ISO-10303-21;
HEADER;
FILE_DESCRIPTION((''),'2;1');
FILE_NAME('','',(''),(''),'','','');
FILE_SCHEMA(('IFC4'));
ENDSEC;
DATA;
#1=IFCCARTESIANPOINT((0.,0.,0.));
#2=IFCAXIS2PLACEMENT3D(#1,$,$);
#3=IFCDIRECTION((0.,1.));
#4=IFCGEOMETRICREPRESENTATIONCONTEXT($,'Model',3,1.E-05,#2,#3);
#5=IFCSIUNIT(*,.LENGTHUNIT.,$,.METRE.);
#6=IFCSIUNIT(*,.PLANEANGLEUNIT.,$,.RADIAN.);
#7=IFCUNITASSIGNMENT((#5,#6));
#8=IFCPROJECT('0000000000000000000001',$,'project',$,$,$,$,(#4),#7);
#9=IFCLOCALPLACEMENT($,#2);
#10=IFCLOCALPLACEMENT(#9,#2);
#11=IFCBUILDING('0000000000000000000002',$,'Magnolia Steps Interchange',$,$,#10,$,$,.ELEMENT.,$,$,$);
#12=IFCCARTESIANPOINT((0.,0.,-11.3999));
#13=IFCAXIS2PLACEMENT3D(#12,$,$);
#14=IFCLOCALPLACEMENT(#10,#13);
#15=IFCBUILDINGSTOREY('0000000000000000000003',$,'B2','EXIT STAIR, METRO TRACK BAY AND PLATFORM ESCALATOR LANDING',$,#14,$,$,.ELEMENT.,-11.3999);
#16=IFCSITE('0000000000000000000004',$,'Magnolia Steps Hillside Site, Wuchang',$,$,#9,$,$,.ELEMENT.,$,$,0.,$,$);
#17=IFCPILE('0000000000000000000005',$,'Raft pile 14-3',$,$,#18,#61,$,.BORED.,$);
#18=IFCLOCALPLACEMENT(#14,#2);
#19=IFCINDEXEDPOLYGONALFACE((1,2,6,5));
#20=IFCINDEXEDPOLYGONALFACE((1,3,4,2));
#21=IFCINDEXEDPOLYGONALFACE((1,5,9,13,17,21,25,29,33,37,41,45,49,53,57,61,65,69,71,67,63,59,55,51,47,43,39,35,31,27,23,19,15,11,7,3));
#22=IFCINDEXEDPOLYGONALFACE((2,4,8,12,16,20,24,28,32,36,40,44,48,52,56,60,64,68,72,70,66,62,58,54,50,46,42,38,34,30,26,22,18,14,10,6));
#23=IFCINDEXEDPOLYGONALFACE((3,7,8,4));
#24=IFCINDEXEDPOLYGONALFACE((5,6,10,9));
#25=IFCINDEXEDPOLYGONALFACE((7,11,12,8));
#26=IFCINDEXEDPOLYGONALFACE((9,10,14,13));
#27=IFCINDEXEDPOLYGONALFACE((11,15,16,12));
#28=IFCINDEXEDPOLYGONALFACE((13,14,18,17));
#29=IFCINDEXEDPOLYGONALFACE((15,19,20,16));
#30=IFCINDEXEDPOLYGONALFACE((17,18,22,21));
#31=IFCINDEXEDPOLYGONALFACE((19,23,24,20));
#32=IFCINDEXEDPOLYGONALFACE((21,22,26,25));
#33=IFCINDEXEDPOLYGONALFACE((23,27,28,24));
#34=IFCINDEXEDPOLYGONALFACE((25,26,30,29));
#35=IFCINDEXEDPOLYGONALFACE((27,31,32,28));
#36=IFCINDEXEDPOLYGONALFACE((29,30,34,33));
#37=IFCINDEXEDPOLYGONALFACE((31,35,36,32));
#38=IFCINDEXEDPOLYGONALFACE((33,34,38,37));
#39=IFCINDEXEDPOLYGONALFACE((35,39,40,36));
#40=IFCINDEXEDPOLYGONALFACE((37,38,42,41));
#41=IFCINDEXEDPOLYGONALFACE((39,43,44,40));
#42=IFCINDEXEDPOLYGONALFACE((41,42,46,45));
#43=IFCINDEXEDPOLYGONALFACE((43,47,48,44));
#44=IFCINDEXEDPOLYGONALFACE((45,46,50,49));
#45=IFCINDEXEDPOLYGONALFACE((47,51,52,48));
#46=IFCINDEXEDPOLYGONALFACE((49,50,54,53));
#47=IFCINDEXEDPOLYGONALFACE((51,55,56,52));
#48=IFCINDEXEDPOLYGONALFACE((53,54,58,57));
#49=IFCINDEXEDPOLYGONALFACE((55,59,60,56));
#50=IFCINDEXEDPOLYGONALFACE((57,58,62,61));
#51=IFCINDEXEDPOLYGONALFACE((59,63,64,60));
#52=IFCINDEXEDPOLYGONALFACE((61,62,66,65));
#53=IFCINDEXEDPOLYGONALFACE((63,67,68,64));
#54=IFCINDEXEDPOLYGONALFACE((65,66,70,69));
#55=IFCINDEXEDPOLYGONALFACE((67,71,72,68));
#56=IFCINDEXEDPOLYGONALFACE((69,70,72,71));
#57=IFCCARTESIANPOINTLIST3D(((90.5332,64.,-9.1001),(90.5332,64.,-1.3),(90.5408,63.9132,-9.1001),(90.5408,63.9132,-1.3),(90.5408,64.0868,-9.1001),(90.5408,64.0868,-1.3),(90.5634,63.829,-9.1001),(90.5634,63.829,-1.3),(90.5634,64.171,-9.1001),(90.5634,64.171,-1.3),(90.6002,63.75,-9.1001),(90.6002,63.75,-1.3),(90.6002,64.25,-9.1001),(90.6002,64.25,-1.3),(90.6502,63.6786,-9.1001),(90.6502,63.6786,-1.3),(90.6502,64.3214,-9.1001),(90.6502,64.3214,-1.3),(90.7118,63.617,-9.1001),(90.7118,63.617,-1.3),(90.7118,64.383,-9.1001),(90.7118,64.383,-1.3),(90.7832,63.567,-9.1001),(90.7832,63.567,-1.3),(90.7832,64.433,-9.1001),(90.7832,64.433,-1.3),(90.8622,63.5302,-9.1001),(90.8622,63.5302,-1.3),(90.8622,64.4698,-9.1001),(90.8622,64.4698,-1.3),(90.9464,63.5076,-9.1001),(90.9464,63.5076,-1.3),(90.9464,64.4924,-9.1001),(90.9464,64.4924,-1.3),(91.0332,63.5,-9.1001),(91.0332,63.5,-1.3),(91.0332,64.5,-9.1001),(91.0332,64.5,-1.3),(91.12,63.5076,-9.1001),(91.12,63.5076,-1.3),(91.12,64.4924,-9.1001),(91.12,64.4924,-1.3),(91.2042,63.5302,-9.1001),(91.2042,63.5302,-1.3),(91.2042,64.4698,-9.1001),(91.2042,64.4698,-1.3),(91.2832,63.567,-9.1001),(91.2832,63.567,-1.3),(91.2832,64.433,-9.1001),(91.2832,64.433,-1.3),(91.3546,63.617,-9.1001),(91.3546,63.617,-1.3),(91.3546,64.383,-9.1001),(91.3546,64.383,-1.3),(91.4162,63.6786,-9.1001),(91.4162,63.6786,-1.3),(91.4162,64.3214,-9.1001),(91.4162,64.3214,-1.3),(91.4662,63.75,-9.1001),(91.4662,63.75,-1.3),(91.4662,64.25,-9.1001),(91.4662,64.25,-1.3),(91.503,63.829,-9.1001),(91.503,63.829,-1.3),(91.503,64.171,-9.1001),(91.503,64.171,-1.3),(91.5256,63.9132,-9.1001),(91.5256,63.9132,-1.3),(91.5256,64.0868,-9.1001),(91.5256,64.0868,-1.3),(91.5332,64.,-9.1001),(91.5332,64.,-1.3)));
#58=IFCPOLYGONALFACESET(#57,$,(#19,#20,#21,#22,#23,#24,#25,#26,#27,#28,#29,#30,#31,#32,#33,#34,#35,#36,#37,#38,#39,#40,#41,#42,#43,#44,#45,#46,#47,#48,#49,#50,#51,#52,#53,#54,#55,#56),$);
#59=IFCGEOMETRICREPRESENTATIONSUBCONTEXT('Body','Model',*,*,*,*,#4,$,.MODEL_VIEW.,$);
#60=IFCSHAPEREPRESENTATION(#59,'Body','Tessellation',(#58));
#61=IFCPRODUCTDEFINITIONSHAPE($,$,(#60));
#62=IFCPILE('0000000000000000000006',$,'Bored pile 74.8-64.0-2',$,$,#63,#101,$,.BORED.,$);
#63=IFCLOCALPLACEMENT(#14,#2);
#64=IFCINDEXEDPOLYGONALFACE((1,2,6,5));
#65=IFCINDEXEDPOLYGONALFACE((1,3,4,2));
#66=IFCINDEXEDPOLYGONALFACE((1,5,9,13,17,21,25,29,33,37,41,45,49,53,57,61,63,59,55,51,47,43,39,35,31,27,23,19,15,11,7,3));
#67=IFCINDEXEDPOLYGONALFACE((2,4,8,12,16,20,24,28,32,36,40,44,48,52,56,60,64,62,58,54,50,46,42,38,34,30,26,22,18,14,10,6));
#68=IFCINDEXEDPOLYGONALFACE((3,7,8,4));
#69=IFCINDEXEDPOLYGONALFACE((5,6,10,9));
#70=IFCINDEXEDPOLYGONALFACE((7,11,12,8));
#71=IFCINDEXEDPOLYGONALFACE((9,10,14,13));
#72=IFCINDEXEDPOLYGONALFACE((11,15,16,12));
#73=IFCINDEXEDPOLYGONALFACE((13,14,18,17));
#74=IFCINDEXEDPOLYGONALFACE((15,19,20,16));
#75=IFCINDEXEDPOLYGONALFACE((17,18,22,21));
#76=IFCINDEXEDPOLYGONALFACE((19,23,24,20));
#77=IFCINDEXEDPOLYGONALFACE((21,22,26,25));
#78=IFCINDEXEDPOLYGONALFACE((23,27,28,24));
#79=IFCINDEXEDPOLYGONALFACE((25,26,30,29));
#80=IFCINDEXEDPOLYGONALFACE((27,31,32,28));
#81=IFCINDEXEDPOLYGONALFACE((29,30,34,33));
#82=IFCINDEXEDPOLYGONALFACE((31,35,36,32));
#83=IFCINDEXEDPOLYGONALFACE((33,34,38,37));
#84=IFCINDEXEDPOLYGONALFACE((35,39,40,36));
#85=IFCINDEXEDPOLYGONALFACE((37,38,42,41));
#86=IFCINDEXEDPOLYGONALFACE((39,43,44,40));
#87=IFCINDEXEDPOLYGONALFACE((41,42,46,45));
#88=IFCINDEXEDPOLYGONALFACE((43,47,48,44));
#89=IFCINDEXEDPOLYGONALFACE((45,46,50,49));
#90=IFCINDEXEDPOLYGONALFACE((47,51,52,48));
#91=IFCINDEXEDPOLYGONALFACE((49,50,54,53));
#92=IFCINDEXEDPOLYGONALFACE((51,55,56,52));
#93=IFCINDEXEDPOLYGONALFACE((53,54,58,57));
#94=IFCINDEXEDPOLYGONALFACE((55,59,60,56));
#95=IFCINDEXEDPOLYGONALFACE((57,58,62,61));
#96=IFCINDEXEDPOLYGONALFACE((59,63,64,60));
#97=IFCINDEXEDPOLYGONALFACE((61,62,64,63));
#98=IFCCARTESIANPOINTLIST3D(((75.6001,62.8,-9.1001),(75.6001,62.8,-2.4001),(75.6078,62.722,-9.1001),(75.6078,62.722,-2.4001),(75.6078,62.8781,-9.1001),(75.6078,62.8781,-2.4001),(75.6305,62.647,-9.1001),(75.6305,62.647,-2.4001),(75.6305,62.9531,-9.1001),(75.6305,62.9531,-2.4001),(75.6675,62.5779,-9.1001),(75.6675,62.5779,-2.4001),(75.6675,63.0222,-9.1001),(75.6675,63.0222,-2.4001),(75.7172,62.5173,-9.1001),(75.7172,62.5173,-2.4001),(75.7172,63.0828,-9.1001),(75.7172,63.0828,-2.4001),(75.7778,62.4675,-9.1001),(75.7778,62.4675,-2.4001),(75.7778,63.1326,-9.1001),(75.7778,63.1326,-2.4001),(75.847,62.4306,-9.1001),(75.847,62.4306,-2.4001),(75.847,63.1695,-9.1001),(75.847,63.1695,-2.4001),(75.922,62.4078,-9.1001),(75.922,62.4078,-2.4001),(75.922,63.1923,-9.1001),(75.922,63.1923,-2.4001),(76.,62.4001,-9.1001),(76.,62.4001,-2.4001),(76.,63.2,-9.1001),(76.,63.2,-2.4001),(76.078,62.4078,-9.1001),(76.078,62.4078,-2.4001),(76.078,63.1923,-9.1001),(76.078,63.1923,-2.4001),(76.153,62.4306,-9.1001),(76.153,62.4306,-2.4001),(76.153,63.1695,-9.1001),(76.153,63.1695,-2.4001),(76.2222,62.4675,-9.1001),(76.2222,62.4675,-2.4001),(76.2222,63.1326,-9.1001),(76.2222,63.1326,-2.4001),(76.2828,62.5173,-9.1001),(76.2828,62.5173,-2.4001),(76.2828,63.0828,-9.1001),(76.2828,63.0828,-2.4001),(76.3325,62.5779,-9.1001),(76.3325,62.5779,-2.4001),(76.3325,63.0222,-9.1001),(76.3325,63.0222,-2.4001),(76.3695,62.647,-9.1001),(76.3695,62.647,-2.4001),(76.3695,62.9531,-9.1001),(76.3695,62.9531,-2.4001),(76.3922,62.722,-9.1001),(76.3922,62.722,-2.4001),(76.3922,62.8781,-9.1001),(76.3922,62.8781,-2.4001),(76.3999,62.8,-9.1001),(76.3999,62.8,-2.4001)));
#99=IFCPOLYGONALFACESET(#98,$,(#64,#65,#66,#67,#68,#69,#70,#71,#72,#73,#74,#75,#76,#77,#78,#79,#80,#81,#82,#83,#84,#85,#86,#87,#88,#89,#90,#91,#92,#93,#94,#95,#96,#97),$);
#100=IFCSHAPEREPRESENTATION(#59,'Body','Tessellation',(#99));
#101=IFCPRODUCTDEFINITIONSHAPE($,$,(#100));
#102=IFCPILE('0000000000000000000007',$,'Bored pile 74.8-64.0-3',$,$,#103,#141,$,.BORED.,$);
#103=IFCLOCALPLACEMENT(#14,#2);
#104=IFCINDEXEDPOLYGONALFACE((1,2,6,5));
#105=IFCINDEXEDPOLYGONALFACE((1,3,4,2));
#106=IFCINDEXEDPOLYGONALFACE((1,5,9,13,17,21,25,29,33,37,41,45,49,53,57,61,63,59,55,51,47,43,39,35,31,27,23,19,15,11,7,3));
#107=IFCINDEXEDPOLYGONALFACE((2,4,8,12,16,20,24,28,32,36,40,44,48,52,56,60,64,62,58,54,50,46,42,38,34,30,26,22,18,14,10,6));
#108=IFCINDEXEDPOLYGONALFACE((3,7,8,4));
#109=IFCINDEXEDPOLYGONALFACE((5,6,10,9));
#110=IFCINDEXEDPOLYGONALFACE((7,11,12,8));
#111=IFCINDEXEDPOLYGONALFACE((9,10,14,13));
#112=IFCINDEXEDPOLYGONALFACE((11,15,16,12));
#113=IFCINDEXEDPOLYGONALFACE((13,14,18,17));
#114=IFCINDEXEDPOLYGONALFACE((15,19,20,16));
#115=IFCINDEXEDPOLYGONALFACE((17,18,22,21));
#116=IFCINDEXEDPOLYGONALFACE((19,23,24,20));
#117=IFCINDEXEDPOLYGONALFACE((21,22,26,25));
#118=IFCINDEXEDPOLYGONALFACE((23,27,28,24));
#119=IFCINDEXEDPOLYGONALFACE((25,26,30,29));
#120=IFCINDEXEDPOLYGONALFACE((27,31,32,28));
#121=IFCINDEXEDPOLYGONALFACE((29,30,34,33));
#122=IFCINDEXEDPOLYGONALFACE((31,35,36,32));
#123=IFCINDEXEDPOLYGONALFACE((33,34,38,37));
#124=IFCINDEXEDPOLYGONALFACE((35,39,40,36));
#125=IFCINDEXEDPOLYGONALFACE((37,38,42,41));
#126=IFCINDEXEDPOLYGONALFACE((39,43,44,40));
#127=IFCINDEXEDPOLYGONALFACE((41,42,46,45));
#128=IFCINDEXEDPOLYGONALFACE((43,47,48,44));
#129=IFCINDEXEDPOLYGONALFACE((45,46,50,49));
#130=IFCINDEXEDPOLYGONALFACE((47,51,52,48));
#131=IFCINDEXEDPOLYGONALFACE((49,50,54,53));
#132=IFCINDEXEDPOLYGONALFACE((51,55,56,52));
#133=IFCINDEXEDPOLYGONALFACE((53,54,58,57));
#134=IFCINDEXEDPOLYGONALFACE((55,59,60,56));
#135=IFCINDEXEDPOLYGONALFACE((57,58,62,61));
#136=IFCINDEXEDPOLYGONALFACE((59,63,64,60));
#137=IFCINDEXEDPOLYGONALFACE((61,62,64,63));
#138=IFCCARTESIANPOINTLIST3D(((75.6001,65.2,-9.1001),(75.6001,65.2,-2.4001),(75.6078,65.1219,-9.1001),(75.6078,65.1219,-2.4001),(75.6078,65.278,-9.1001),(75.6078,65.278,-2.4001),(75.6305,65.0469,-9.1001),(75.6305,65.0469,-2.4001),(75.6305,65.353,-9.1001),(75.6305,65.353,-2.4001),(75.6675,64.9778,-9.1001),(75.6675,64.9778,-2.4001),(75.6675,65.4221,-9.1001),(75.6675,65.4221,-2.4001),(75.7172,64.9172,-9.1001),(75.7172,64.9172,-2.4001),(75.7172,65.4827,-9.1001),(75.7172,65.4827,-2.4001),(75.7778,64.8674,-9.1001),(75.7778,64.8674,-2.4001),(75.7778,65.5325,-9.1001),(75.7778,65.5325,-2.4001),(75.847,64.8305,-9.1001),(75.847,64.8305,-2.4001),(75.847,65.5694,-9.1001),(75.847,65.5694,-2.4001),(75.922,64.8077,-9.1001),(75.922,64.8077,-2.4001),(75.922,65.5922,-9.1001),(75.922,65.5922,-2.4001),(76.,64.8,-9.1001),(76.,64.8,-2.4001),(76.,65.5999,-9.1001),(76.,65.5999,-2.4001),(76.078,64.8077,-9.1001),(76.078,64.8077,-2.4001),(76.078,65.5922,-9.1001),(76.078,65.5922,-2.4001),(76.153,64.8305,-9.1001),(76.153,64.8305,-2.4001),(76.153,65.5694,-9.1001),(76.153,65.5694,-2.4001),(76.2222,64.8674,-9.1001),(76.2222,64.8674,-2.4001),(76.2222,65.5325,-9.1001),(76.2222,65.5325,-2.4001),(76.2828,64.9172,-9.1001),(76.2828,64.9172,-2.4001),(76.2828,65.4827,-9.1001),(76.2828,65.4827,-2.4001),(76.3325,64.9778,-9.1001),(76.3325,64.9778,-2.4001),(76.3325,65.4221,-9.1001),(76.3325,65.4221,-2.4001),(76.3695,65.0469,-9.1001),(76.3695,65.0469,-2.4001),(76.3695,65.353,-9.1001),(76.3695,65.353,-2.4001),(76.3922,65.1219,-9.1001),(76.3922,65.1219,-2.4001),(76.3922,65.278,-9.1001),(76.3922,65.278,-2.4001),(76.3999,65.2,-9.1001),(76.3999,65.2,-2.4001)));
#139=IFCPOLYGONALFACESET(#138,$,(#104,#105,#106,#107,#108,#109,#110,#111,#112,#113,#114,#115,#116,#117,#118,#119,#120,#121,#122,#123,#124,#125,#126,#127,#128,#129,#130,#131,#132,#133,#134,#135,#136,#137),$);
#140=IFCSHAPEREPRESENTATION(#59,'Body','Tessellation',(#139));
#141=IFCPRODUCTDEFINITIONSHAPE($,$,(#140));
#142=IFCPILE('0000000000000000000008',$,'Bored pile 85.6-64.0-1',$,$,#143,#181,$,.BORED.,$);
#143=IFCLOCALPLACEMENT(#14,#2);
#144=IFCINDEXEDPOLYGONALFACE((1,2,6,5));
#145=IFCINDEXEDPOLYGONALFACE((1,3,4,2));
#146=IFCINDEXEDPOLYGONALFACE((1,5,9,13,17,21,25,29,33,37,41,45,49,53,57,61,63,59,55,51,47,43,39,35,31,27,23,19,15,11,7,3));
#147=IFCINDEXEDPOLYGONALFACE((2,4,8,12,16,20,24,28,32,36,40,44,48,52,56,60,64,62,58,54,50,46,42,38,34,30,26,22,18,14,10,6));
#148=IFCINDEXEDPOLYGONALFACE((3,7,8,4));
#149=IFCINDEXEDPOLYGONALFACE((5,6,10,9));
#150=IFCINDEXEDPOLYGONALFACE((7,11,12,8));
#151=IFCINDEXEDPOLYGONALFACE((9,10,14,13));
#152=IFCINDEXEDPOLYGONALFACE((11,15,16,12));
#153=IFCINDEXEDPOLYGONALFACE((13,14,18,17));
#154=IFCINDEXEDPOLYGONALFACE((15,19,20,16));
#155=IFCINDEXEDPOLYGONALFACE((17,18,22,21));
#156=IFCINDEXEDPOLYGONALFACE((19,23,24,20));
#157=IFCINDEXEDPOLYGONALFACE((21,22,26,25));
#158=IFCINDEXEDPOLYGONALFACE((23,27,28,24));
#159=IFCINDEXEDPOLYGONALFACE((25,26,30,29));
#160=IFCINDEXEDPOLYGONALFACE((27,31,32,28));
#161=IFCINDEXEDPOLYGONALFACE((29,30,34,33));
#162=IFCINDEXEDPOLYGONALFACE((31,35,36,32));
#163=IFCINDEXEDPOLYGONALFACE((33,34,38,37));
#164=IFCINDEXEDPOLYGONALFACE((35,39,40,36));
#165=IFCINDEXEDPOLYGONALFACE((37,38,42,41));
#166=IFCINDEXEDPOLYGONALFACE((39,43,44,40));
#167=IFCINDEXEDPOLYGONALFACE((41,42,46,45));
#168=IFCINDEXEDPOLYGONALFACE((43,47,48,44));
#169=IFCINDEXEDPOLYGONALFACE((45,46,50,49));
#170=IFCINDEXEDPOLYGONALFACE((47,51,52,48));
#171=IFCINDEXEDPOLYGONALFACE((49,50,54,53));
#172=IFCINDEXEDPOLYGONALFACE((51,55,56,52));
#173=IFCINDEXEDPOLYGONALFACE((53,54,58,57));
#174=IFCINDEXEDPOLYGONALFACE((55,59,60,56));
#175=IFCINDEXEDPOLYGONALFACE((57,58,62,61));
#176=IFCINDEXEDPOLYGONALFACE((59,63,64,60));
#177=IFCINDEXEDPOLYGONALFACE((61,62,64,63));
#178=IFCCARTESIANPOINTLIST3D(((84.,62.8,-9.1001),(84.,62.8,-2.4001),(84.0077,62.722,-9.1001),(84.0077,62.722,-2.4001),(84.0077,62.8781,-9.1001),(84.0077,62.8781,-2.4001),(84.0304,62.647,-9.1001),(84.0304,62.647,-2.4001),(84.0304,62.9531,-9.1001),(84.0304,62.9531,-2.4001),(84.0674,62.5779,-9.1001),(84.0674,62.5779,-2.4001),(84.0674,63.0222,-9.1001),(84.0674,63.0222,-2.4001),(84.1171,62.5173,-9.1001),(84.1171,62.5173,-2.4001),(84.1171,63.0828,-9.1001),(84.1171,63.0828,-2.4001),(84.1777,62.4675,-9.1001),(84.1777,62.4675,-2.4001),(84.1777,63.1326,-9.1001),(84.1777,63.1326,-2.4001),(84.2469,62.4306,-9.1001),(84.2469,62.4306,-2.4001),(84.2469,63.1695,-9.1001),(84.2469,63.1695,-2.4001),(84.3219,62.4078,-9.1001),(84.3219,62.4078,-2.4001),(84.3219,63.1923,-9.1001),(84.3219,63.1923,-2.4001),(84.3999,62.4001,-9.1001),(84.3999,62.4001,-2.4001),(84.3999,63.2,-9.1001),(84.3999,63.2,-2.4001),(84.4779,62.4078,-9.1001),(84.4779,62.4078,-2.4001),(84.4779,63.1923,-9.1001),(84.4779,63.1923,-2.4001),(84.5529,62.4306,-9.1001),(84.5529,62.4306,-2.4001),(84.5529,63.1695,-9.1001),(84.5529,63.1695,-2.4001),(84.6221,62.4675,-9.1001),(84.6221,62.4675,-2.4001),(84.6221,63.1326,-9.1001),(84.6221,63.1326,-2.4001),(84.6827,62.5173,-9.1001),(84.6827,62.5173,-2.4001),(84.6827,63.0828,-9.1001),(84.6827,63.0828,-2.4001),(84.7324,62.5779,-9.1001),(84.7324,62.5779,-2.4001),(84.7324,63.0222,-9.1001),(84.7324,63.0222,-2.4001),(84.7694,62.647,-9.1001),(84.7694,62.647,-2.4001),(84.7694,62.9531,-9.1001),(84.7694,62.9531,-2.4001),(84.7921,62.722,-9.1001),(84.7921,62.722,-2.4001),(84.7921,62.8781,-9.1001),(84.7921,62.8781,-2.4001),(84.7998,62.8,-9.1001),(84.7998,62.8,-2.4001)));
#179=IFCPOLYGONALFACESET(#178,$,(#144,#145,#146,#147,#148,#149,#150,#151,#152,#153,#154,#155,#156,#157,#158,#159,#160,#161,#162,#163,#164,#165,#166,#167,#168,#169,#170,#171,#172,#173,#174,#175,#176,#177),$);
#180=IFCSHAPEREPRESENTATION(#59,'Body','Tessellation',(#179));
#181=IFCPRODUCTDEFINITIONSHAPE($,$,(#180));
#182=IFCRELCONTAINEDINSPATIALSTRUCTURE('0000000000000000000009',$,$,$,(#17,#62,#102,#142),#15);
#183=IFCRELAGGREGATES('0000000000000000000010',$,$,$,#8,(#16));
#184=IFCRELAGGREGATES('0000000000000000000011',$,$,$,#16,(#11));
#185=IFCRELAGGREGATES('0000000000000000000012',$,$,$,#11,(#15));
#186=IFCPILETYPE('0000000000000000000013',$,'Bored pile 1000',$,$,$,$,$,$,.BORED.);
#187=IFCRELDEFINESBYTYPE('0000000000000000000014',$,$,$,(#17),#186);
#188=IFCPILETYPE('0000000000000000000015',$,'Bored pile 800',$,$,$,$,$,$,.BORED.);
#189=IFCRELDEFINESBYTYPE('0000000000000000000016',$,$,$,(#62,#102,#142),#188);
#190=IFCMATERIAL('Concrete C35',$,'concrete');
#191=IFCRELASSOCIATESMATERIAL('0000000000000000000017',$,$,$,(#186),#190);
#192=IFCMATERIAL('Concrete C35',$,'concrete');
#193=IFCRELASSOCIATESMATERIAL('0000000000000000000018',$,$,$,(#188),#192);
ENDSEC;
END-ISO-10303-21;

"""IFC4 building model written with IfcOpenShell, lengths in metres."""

from ifc_helpers import new_model, si_unit, direction, frame, origin, origin_2d, place, context, subcontext, project, spatial, circle, extrude, material, material_profile, profile_set, type_object, element, save


model = new_model("IFC4")

# Units and contexts
model_context = context("Model", 3, precision=1e-05, world=origin(), true_north=direction((0.0, 1.0)))
body_context = subcontext(model_context, "Body", "Model", "MODEL_VIEW")
ifc_project = project(units=[si_unit("LENGTHUNIT", "METRE"), si_unit("PLANEANGLEUNIT", "RADIAN")], contexts=[model_context])

# Site, building, storey
site_placement = place(None, origin())
site = spatial("IfcSite", under=ifc_project, at=site_placement, Name="Magnolia Steps Hillside Site, Wuchang", CompositionType="ELEMENT", RefElevation=0.0)
building_placement = place(site_placement, origin())
building = spatial("IfcBuilding", under=site, at=building_placement, Name="Magnolia Steps Interchange", CompositionType="ELEMENT")
storey_placement = place(building_placement, frame((0.0, 0.0, -11.3999)))
storey = spatial("IfcBuildingStorey", under=building, at=storey_placement, Name="B2", Description="EXIT STAIR, METRO TRACK BAY AND PLATFORM ESCALATOR LANDING", CompositionType="ELEMENT", Elevation=-11.3999)

# Piles
ifc_material_1 = material(Name="Concrete C35", Category="concrete")
ifc_material_profile_1 = material_profile(ifc_material_1, circle(Radius=0.5, at=origin_2d()), Name="Bored pile 1000")
ifc_profile_set_1 = profile_set([ifc_material_profile_1], Name="Concrete C35")
pile_type_1 = type_object("IfcPileType", Name="Bored pile 1000", PredefinedType="BORED", material=ifc_profile_set_1)
for number, where, z_axis, x_axis, name in (
    (1, (91.0332, 64.0, -1.3), (0.0, 0.0, -1.0), (1.0, 0.0, 0.0), "Raft pile 14-3"),
):
    element("IfcPile", number, at=place(storey_placement, frame(where, z_axis=z_axis, x_axis=x_axis)), inside=storey, type_object=pile_type_1, Name=name, PredefinedType="BORED", context=body_context, shape_type="SweptSolid", body=[
        extrude(circle(Radius=0.5, at=origin_2d()), origin(), (0.0, 0.0, 1.0), 7.8),
    ])
ifc_material_2 = material(Name="Concrete C35", Category="concrete")
ifc_material_profile_2 = material_profile(ifc_material_2, circle(Radius=0.3999, at=origin_2d()), Name="Bored pile 800")
ifc_profile_set_2 = profile_set([ifc_material_profile_2], Name="Concrete C35")
pile_type_2 = type_object("IfcPileType", Name="Bored pile 800", PredefinedType="BORED", material=ifc_profile_set_2)
for number, where, z_axis, x_axis, name in (
    (2, (76.0, 62.8, -2.4001), (0.0, 0.0, -1.0), (1.0, 0.0, 0.0), "Bored pile 74.8-64.0-2"),
    (3, (76.0, 65.2, -2.4001), (0.0, 0.0, -1.0), (1.0, 0.0, 0.0), "Bored pile 74.8-64.0-3"),
    (4, (84.3999, 62.8, -2.4001), (0.0, 0.0, -1.0), (1.0, 0.0, 0.0), "Bored pile 85.6-64.0-1"),
):
    element("IfcPile", number, at=place(storey_placement, frame(where, z_axis=z_axis, x_axis=x_axis)), inside=storey, type_object=pile_type_2, Name=name, PredefinedType="BORED", context=body_context, shape_type="SweptSolid", body=[
        extrude(circle(Radius=0.3999, at=origin_2d()), origin(), (0.0, 0.0, 1.0), 6.7),
    ])

save(model, "model.ifc")
